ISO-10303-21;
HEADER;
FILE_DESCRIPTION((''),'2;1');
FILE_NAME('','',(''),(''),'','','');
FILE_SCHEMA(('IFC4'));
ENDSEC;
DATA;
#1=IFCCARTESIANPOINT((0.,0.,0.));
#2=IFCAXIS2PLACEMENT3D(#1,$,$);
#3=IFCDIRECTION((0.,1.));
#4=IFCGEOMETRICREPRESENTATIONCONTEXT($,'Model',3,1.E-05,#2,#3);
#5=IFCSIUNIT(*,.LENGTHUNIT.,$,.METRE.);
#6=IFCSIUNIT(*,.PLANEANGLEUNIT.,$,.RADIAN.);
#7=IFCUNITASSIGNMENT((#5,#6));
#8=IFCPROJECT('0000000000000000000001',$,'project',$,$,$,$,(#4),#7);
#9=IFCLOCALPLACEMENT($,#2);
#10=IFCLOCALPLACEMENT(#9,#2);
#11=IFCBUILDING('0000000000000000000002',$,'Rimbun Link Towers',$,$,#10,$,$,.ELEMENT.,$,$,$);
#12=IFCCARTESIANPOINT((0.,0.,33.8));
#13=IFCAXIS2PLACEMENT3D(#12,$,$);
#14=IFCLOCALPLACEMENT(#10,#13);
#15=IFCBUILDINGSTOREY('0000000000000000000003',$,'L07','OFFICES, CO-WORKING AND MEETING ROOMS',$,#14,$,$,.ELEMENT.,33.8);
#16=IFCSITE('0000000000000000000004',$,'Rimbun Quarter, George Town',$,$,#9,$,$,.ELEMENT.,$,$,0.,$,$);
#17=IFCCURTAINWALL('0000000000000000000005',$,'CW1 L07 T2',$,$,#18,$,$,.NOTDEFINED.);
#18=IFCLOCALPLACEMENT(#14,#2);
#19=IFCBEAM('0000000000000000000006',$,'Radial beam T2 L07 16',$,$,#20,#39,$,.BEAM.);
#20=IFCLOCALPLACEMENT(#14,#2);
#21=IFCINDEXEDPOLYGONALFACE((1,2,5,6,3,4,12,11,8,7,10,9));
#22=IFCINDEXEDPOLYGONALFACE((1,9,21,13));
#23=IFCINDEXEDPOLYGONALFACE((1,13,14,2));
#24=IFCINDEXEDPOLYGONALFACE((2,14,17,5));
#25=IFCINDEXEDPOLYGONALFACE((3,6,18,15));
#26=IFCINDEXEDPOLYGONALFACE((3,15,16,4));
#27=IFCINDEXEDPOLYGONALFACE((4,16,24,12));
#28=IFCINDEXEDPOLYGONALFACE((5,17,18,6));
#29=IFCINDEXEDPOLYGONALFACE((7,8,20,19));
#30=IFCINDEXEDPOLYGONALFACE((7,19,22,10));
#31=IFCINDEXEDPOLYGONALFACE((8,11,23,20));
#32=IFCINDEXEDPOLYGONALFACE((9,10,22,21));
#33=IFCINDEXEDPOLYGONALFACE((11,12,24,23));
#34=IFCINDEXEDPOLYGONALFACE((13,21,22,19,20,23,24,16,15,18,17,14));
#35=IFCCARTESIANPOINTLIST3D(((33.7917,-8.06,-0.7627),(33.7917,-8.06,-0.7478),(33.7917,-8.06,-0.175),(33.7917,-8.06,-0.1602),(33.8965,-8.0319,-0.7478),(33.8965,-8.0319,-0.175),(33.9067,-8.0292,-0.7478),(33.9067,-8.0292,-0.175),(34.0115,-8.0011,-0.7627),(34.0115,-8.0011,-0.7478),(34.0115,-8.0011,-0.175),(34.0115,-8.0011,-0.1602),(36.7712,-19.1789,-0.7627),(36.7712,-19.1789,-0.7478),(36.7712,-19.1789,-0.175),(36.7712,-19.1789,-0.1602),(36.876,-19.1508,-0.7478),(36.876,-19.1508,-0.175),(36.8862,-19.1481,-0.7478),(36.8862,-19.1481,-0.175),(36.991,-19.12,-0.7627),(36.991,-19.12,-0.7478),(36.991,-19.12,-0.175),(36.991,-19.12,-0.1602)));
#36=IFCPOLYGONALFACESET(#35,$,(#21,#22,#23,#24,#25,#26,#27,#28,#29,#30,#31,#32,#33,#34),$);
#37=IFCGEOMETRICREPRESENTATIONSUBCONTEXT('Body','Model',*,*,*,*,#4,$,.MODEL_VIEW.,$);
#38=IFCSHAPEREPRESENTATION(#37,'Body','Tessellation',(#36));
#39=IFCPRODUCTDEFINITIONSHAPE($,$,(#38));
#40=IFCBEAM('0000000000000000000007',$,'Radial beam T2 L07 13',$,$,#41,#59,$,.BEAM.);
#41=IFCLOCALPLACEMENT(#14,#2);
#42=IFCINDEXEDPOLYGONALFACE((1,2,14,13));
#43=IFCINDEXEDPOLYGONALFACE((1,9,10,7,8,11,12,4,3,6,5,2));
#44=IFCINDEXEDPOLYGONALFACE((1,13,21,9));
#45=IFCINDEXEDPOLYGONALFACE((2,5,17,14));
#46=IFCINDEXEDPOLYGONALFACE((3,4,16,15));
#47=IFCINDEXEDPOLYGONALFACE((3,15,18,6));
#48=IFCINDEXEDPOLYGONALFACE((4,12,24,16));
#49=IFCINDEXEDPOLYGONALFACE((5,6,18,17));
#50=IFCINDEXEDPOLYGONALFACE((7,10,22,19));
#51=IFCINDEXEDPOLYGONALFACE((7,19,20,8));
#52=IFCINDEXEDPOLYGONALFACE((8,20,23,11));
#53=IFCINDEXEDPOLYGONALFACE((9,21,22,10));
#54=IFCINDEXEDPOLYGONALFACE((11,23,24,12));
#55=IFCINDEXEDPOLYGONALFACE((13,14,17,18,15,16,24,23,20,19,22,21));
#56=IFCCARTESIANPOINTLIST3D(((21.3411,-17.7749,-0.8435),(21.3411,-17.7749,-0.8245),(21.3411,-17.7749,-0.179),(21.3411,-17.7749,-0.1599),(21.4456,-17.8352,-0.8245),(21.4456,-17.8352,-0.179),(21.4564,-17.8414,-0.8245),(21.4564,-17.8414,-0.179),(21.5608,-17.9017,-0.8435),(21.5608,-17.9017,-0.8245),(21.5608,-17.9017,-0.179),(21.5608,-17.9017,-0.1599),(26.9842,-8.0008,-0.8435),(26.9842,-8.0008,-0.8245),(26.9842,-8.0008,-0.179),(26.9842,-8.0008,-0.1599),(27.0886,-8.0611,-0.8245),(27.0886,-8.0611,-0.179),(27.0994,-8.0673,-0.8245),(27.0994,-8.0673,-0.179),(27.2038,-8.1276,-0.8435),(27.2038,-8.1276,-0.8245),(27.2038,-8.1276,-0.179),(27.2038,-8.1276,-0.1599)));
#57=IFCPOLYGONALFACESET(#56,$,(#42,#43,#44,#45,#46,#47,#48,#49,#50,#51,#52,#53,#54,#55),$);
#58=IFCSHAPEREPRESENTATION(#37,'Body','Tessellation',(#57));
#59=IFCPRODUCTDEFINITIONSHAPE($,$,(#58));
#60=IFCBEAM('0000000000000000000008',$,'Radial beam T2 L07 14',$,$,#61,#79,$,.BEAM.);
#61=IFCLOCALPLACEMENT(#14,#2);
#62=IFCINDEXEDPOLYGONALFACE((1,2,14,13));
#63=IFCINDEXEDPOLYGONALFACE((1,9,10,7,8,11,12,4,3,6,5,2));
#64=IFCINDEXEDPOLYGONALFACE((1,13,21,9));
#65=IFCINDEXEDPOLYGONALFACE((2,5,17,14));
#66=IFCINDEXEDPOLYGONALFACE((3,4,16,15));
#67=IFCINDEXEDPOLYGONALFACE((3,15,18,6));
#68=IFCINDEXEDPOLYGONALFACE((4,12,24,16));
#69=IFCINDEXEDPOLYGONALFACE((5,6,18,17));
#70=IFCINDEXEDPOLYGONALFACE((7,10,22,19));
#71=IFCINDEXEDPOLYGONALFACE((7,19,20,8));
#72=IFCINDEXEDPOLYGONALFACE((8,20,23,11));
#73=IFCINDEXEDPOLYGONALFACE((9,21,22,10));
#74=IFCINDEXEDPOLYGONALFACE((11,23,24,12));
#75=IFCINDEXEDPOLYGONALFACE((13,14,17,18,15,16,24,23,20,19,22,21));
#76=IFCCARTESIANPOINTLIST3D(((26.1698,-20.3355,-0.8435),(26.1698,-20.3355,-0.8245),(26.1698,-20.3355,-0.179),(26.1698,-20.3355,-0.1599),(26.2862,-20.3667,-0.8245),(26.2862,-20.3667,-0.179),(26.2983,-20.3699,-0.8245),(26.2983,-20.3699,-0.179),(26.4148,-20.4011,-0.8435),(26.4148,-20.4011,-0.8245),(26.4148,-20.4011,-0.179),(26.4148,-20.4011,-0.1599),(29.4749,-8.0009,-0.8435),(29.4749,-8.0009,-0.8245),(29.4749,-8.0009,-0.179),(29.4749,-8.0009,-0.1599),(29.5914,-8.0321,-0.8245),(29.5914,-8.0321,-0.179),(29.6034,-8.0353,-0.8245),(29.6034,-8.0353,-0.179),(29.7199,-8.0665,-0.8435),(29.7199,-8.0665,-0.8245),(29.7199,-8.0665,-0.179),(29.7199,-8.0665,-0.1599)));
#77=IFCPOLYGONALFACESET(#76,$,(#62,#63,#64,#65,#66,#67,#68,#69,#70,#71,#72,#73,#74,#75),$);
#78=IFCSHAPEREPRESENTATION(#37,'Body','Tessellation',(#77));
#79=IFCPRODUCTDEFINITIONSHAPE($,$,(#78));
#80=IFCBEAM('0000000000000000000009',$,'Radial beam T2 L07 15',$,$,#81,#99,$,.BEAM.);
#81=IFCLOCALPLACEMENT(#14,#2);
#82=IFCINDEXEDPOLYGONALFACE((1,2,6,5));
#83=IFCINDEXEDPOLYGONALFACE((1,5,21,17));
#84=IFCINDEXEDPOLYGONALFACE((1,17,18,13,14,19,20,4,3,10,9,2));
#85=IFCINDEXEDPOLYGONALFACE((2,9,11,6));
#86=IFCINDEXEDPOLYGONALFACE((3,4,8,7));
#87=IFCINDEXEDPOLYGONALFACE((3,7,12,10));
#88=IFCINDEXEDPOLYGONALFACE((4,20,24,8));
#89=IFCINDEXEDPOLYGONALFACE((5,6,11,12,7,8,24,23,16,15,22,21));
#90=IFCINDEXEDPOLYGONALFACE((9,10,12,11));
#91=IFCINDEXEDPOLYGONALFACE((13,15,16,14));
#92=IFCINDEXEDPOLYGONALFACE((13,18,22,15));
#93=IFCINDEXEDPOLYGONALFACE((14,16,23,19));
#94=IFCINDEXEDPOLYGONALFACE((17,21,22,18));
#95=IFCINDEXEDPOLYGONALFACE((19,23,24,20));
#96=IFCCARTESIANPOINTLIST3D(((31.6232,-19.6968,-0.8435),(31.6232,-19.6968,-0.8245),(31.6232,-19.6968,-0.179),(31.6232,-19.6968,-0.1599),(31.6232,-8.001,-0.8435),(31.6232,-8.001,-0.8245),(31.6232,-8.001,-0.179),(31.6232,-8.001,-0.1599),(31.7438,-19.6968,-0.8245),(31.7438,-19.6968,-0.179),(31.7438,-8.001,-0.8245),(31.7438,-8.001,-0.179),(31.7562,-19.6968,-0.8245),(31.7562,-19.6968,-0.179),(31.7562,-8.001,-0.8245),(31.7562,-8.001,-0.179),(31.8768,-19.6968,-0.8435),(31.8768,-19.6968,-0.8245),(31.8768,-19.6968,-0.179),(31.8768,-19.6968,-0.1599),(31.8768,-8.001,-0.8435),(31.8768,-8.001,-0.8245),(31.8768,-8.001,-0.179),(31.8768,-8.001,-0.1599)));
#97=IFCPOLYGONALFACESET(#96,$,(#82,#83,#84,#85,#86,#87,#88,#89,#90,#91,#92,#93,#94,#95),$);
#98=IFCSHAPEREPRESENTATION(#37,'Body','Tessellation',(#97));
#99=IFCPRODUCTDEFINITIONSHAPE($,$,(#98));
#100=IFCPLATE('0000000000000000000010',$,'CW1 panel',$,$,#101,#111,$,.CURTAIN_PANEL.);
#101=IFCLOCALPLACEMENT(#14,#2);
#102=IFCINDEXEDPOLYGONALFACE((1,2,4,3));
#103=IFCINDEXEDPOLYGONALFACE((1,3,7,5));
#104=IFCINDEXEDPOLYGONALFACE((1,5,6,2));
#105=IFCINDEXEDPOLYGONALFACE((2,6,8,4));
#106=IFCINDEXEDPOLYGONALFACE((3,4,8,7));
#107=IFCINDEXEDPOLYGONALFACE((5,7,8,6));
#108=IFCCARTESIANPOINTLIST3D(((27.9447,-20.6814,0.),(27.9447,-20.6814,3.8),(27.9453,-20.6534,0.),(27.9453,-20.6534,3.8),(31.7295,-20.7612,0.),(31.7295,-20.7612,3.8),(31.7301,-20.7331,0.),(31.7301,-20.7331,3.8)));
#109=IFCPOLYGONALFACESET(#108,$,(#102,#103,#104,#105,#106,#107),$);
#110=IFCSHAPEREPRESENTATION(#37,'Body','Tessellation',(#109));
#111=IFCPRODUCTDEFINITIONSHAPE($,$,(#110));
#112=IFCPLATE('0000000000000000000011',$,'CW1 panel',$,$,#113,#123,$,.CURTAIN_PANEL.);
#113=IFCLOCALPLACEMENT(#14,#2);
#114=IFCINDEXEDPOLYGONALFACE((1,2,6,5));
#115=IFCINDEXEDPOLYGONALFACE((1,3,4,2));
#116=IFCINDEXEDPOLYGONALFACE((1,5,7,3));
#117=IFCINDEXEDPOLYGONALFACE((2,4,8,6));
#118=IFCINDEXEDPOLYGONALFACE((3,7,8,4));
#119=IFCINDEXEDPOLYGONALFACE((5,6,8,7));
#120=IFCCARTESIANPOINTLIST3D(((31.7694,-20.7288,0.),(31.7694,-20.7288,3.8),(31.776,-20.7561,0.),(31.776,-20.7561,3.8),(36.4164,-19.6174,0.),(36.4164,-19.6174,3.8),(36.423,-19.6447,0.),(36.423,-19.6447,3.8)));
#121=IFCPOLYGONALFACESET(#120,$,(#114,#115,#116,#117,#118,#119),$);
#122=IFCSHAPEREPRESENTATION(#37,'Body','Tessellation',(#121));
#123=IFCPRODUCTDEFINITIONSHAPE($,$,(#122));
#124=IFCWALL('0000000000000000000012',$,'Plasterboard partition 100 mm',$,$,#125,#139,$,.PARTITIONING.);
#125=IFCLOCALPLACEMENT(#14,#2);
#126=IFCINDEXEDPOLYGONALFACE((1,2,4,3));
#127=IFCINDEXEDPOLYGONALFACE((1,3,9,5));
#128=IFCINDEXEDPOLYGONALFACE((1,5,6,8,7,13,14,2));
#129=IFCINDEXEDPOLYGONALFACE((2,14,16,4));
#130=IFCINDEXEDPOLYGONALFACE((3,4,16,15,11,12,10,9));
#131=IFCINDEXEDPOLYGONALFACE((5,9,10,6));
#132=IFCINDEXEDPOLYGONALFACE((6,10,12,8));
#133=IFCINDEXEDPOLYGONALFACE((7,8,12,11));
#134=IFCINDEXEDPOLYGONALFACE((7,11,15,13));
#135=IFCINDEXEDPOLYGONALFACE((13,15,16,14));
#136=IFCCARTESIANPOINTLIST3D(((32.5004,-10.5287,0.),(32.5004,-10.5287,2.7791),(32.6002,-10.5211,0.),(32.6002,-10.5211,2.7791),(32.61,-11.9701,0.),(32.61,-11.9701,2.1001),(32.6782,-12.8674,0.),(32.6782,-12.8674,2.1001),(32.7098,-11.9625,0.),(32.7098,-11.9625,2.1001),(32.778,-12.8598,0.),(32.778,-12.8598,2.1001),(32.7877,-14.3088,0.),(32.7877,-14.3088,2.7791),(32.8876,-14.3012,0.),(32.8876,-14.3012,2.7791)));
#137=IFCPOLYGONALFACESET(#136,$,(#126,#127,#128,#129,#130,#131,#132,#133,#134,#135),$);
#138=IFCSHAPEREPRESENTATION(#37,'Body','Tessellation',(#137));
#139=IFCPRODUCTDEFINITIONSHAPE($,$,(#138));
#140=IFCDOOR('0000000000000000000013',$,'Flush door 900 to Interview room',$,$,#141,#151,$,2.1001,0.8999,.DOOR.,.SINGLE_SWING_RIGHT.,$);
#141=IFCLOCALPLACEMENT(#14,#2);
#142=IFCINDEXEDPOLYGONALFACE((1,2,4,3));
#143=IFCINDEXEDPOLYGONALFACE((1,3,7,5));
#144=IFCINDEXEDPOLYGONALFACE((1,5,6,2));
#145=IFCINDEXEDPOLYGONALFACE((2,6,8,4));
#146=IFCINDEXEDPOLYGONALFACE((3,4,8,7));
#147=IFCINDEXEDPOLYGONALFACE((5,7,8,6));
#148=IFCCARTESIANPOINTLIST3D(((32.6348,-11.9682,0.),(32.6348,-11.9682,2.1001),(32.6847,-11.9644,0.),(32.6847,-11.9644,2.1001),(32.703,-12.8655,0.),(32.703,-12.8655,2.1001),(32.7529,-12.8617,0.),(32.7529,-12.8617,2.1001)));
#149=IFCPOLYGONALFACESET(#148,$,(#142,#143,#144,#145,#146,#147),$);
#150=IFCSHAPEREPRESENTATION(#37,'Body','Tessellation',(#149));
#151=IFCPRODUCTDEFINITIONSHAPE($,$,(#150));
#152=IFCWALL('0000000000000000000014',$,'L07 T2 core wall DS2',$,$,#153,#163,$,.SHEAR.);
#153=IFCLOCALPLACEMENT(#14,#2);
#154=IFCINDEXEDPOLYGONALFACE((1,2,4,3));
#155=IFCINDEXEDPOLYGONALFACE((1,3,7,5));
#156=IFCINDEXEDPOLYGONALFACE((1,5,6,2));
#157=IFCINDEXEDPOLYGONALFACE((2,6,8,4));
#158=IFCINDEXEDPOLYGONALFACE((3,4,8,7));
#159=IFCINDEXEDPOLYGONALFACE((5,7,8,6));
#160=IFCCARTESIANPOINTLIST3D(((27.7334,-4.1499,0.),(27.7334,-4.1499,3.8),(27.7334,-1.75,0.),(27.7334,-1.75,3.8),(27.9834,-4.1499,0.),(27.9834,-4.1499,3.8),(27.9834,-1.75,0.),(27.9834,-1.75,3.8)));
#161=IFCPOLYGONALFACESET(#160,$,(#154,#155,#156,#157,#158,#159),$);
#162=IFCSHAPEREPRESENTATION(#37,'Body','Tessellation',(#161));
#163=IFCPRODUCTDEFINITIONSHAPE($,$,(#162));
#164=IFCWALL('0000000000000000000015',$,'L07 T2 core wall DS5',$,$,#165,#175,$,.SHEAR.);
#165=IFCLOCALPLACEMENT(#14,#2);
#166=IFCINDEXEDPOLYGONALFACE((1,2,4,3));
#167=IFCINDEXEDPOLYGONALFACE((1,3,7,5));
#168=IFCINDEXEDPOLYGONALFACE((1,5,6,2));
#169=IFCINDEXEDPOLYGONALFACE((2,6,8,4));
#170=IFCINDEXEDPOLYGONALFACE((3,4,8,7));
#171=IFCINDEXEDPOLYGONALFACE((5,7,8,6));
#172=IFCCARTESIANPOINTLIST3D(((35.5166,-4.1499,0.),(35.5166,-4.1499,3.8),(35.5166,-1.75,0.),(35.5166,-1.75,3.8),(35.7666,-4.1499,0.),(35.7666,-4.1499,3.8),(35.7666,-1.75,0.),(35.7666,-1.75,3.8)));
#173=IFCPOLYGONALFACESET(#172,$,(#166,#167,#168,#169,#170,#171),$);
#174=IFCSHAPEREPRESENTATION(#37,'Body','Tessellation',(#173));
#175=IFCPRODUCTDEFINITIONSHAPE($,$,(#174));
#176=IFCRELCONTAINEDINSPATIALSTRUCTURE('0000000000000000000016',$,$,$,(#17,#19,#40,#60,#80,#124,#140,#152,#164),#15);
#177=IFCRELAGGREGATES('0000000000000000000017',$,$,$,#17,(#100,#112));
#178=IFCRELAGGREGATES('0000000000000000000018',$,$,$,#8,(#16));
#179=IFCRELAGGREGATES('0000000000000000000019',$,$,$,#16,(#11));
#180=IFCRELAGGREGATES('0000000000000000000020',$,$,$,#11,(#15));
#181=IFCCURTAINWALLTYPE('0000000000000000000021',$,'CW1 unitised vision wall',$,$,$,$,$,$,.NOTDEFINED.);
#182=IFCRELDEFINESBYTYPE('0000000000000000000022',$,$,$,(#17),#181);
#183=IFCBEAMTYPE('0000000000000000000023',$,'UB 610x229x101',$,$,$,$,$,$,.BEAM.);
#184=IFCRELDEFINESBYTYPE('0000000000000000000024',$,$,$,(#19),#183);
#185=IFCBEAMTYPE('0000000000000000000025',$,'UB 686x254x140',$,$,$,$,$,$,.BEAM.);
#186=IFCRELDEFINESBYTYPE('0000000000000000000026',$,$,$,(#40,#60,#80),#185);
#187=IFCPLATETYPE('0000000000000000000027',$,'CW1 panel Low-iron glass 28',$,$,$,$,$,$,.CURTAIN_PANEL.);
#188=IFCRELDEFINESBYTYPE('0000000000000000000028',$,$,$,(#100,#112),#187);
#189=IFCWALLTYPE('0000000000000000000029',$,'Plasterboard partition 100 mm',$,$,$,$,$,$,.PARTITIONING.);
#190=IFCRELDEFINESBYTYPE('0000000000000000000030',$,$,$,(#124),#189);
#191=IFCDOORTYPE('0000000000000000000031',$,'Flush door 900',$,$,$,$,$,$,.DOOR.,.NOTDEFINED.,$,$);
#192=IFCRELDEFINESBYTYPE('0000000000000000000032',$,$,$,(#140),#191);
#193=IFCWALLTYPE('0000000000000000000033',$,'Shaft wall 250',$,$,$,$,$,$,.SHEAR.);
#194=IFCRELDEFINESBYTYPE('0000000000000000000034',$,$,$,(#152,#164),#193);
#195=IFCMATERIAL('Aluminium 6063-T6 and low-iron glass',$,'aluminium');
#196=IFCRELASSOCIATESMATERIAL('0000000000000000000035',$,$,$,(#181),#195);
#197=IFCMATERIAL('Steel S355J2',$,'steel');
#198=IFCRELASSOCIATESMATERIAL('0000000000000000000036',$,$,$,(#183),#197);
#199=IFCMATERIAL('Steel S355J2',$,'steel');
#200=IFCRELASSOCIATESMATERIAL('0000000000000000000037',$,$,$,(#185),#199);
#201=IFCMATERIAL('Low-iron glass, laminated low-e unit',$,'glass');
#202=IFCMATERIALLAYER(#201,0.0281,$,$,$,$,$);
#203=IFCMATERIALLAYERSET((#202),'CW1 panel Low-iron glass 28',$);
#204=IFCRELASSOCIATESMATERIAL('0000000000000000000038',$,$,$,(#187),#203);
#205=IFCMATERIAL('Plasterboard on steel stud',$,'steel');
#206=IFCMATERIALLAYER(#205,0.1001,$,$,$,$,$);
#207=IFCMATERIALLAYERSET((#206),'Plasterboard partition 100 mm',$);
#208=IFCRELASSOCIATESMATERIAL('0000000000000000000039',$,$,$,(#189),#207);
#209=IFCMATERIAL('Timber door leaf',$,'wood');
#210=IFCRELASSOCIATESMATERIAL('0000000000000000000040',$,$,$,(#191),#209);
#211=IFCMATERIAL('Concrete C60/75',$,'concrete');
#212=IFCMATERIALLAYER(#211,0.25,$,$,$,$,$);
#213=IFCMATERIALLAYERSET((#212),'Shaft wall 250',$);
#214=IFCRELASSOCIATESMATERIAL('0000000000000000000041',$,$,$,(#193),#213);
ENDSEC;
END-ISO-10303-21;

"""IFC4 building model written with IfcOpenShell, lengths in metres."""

from ifc_helpers import new_model, si_unit, direction, frame, frame_2d, origin, origin_2d, place, context, subcontext, project, spatial, rectangle, i_section, extrude, material, layer, layer_set, material_profile, profile_set, type_object, element, fill, aggregate, save


model = new_model("IFC4")

# Units and contexts
model_context = context("Model", 3, precision=1e-05, world=origin(), true_north=direction((0.0, 1.0)))
body_context = subcontext(model_context, "Body", "Model", "MODEL_VIEW")
ifc_project = project(units=[si_unit("LENGTHUNIT", "METRE"), si_unit("PLANEANGLEUNIT", "RADIAN")], contexts=[model_context])

# Site, building, storey
site_placement = place(None, origin())
site = spatial("IfcSite", under=ifc_project, at=site_placement, Name="Rimbun Quarter, George Town", CompositionType="ELEMENT", RefElevation=0.0)
building_placement = place(site_placement, origin())
building = spatial("IfcBuilding", under=site, at=building_placement, Name="Rimbun Link Towers", CompositionType="ELEMENT")
storey_placement = place(building_placement, frame((0.0, 0.0, 33.8)))
storey = spatial("IfcBuildingStorey", under=building, at=storey_placement, Name="L07", Description="OFFICES, CO-WORKING AND MEETING ROOMS", CompositionType="ELEMENT", Elevation=33.8)

# Curtain wall
ifc_material_1 = material(Name="Aluminium 6063-T6 and low-iron glass", Category="aluminium")
curtain_wall_type = type_object("IfcCurtainWallType", Name="CW1 unitised vision wall", PredefinedType="NOTDEFINED", material=ifc_material_1)
curtain_wall_placement = place(storey_placement, origin())
curtain_wall = element("IfcCurtainWall", 1, at=curtain_wall_placement, inside=storey, type_object=curtain_wall_type, Name="CW1 L07 T2", PredefinedType="NOTDEFINED")

# Beams
ifc_material_2 = material(Name="Steel S355J2", Category="steel")
ifc_material_profile_1 = material_profile(ifc_material_2, i_section(OverallWidth=0.2275, OverallDepth=0.6025, WebThickness=0.0105, FlangeThickness=0.0149, at=origin_2d()), Name="UB 610x229x101")
ifc_profile_set_1 = profile_set([ifc_material_profile_1], Name="Steel S355J2")
beam_type_1 = type_object("IfcBeamType", Name="UB 610x229x101", PredefinedType="BEAM", material=ifc_profile_set_1)
beam_1_placement = place(storey_placement, frame((33.9016, -8.0305, -0.4614), z_axis=(0.258835, -0.965922, 0.0), x_axis=(0.965922, 0.258835, 0.0)))
element("IfcBeam", 2, at=beam_1_placement, inside=storey, type_object=beam_type_1, Name="Radial beam T2 L07 16", PredefinedType="BEAM", context=body_context, shape_type="SweptSolid", body=[
    extrude(i_section(OverallWidth=0.2275, OverallDepth=0.6025, WebThickness=0.0105, FlangeThickness=0.0149, at=origin_2d()), origin(), (0.0, 0.0, 1.0), 11.5112),
])
ifc_material_3 = material(Name="Steel S355J2", Category="steel")
ifc_material_profile_2 = material_profile(ifc_material_3, i_section(OverallWidth=0.2537, OverallDepth=0.6836, WebThickness=0.0125, FlangeThickness=0.019, at=origin_2d()), Name="UB 686x254x140")
ifc_profile_set_2 = profile_set([ifc_material_profile_2], Name="Steel S355J2")
beam_type_2 = type_object("IfcBeamType", Name="UB 686x254x140", PredefinedType="BEAM", material=ifc_profile_set_2)
beam_2_placement = place(storey_placement, frame((27.094, -8.0642, -0.5017), z_axis=(-0.499996, -0.866027, 0.0), x_axis=(0.866027, -0.499996, 0.0)))
element("IfcBeam", 3, at=beam_2_placement, inside=storey, type_object=beam_type_2, Name="Radial beam T2 L07 13", PredefinedType="BEAM", context=body_context, shape_type="SweptSolid", body=[
    extrude(i_section(OverallWidth=0.2537, OverallDepth=0.6836, WebThickness=0.0125, FlangeThickness=0.019, at=origin_2d()), origin(), (0.0, 0.0, 1.0), 11.2861),
])
beam_3_placement = place(storey_placement, frame((29.5974, -8.0337, -0.5017), z_axis=(-0.258826, -0.965924, 0.0), x_axis=(0.965924, -0.258826, 0.0)))
element("IfcBeam", 4, at=beam_3_placement, inside=storey, type_object=beam_type_2, Name="Radial beam T2 L07 14", PredefinedType="BEAM", context=body_context, shape_type="SweptSolid", body=[
    extrude(i_section(OverallWidth=0.2537, OverallDepth=0.6836, WebThickness=0.0125, FlangeThickness=0.019, at=origin_2d()), origin(), (0.0, 0.0, 1.0), 12.7698),
])
beam_4_placement = place(storey_placement, frame((31.75, -8.001, -0.5017), z_axis=(0.0, -1.0, 0.0), x_axis=(1.0, 0.0, 0.0)))
element("IfcBeam", 5, at=beam_4_placement, inside=storey, type_object=beam_type_2, Name="Radial beam T2 L07 15", PredefinedType="BEAM", context=body_context, shape_type="SweptSolid", body=[
    extrude(i_section(OverallWidth=0.2537, OverallDepth=0.6836, WebThickness=0.0125, FlangeThickness=0.019, at=origin_2d()), origin(), (0.0, 0.0, 1.0), 11.6958),
])

# Plates
ifc_material_4 = material(Name="Low-iron glass, laminated low-e unit", Category="glass")
ifc_layer_1 = layer(ifc_material_4, 0.0281)
ifc_layer_set_1 = layer_set([ifc_layer_1], Name="CW1 panel Low-iron glass 28")
plate_type = type_object("IfcPlateType", Name="CW1 panel Low-iron glass 28", PredefinedType="CURTAIN_PANEL", material=ifc_layer_set_1)
plate_1_placement = place(storey_placement, frame((29.8374, -20.7073, 0.0), z_axis=(0.0, 0.0, 1.0), x_axis=(-0.999778, 0.021066, 0.0)))
plate_1 = element("IfcPlate", 6, at=plate_1_placement, type_object=plate_type, Name="CW1 panel", PredefinedType="CURTAIN_PANEL", context=body_context, shape_type="SweptSolid", body=[
    extrude(rectangle(XDim=3.7856, YDim=0.0281, at=origin_2d()), origin(), (0.0, 0.0, 1.0), 3.8),
])
plate_2_placement = place(storey_placement, frame((34.0962, -20.1868, 0.0), z_axis=(0.0, 0.0, 1.0), x_axis=(-0.972569, -0.232613, 0.0)))
plate_2 = element("IfcPlate", 7, at=plate_2_placement, type_object=plate_type, Name="CW1 panel", PredefinedType="CURTAIN_PANEL", context=body_context, shape_type="SweptSolid", body=[
    extrude(rectangle(XDim=4.7781, YDim=0.0281, at=origin_2d()), origin(), (0.0, 0.0, 1.0), 3.8),
])
aggregate(curtain_wall, [plate_1, plate_2])

# Wall, opening, door
ifc_material_5 = material(Name="Plasterboard on steel stud", Category="steel")
ifc_layer_2 = layer(ifc_material_5, 0.1001)
ifc_layer_set_2 = layer_set([ifc_layer_2], Name="Plasterboard partition 100 mm")
wall_type_1 = type_object("IfcWallType", Name="Plasterboard partition 100 mm", PredefinedType="PARTITIONING", material=ifc_layer_set_2)
wall_1_placement = place(storey_placement, frame((32.5503, -10.5249, 0.0), z_axis=(0.0, 0.0, 1.0), x_axis=(0.0758, -0.997123, 0.0)))
wall_1 = element("IfcWall", 8, at=wall_1_placement, inside=storey, type_object=wall_type_1, Name="Plasterboard partition 100 mm", PredefinedType="PARTITIONING", context=body_context, shape_type="SweptSolid", body=[
    extrude(rectangle(XDim=3.791, YDim=0.1001, at=frame_2d((1.8955, 0.0))), origin(), (0.0, 0.0, 1.0), 2.7791),
])
opening_1_placement = place(wall_1_placement, frame((1.4456, 0.0, 0.0)))
opening_1 = element("IfcOpeningElement", 9, at=opening_1_placement, cuts=wall_1, PredefinedType="OPENING", context=body_context, shape_type="SweptSolid", body=[
    extrude(rectangle(XDim=0.8999, YDim=2.1001, at=frame_2d((0.45, 1.05))), frame((0.0, 0.0601, 0.0), z_axis=(0.0, -1.0, 0.0), x_axis=(1.0, 0.0, 0.0)), (0.0, 0.0, 1.0), 0.1201),
])
ifc_material_6 = material(Name="Timber door leaf", Category="wood")
door_type_1 = type_object("IfcDoorType", Name="Flush door 900", OperationType="NOTDEFINED", PredefinedType="DOOR", material=ifc_material_6)
door_1_placement = place(opening_1_placement, origin())
door_1 = element("IfcDoor", 10, at=door_1_placement, inside=storey, type_object=door_type_1, Name="Flush door 900 to Interview room", OperationType="SINGLE_SWING_RIGHT", OverallHeight=2.1001, OverallWidth=0.8999, PredefinedType="DOOR", context=body_context, shape_type="SweptSolid", body=[
    extrude(rectangle(XDim=0.8999, YDim=2.1001, at=frame_2d((0.45, 1.05))), frame((0.0, 0.0249, 0.0), z_axis=(0.0, -1.0, 0.0), x_axis=(1.0, 0.0, 0.0)), (0.0, 0.0, 1.0), 0.05),
])
fill(opening_1, door_1)

# Walls
ifc_material_7 = material(Name="Concrete C60/75", Category="concrete")
ifc_layer_3 = layer(ifc_material_7, 0.25)
ifc_layer_set_3 = layer_set([ifc_layer_3], Name="Shaft wall 250")
wall_type_2 = type_object("IfcWallType", Name="Shaft wall 250", PredefinedType="SHEAR", material=ifc_layer_set_3)
for number, where, z_axis, x_axis, name in (
    (11, (27.8584, -4.1499, 0.0), (0.0, 0.0, 1.0), (0.0, 1.0, 0.0), "L07 T2 core wall DS2"),
    (12, (35.6416, -4.1499, 0.0), (0.0, 0.0, 1.0), (0.0, 1.0, 0.0), "L07 T2 core wall DS5"),
):
    element("IfcWall", number, at=place(storey_placement, frame(where, z_axis=z_axis, x_axis=x_axis)), inside=storey, type_object=wall_type_2, Name=name, PredefinedType="SHEAR", context=body_context, shape_type="SweptSolid", body=[
        extrude(rectangle(XDim=2.3999, YDim=0.25, at=frame_2d((1.2, 0.0))), origin(), (0.0, 0.0, 1.0), 3.8),
    ])

save(model, "model.ifc")
